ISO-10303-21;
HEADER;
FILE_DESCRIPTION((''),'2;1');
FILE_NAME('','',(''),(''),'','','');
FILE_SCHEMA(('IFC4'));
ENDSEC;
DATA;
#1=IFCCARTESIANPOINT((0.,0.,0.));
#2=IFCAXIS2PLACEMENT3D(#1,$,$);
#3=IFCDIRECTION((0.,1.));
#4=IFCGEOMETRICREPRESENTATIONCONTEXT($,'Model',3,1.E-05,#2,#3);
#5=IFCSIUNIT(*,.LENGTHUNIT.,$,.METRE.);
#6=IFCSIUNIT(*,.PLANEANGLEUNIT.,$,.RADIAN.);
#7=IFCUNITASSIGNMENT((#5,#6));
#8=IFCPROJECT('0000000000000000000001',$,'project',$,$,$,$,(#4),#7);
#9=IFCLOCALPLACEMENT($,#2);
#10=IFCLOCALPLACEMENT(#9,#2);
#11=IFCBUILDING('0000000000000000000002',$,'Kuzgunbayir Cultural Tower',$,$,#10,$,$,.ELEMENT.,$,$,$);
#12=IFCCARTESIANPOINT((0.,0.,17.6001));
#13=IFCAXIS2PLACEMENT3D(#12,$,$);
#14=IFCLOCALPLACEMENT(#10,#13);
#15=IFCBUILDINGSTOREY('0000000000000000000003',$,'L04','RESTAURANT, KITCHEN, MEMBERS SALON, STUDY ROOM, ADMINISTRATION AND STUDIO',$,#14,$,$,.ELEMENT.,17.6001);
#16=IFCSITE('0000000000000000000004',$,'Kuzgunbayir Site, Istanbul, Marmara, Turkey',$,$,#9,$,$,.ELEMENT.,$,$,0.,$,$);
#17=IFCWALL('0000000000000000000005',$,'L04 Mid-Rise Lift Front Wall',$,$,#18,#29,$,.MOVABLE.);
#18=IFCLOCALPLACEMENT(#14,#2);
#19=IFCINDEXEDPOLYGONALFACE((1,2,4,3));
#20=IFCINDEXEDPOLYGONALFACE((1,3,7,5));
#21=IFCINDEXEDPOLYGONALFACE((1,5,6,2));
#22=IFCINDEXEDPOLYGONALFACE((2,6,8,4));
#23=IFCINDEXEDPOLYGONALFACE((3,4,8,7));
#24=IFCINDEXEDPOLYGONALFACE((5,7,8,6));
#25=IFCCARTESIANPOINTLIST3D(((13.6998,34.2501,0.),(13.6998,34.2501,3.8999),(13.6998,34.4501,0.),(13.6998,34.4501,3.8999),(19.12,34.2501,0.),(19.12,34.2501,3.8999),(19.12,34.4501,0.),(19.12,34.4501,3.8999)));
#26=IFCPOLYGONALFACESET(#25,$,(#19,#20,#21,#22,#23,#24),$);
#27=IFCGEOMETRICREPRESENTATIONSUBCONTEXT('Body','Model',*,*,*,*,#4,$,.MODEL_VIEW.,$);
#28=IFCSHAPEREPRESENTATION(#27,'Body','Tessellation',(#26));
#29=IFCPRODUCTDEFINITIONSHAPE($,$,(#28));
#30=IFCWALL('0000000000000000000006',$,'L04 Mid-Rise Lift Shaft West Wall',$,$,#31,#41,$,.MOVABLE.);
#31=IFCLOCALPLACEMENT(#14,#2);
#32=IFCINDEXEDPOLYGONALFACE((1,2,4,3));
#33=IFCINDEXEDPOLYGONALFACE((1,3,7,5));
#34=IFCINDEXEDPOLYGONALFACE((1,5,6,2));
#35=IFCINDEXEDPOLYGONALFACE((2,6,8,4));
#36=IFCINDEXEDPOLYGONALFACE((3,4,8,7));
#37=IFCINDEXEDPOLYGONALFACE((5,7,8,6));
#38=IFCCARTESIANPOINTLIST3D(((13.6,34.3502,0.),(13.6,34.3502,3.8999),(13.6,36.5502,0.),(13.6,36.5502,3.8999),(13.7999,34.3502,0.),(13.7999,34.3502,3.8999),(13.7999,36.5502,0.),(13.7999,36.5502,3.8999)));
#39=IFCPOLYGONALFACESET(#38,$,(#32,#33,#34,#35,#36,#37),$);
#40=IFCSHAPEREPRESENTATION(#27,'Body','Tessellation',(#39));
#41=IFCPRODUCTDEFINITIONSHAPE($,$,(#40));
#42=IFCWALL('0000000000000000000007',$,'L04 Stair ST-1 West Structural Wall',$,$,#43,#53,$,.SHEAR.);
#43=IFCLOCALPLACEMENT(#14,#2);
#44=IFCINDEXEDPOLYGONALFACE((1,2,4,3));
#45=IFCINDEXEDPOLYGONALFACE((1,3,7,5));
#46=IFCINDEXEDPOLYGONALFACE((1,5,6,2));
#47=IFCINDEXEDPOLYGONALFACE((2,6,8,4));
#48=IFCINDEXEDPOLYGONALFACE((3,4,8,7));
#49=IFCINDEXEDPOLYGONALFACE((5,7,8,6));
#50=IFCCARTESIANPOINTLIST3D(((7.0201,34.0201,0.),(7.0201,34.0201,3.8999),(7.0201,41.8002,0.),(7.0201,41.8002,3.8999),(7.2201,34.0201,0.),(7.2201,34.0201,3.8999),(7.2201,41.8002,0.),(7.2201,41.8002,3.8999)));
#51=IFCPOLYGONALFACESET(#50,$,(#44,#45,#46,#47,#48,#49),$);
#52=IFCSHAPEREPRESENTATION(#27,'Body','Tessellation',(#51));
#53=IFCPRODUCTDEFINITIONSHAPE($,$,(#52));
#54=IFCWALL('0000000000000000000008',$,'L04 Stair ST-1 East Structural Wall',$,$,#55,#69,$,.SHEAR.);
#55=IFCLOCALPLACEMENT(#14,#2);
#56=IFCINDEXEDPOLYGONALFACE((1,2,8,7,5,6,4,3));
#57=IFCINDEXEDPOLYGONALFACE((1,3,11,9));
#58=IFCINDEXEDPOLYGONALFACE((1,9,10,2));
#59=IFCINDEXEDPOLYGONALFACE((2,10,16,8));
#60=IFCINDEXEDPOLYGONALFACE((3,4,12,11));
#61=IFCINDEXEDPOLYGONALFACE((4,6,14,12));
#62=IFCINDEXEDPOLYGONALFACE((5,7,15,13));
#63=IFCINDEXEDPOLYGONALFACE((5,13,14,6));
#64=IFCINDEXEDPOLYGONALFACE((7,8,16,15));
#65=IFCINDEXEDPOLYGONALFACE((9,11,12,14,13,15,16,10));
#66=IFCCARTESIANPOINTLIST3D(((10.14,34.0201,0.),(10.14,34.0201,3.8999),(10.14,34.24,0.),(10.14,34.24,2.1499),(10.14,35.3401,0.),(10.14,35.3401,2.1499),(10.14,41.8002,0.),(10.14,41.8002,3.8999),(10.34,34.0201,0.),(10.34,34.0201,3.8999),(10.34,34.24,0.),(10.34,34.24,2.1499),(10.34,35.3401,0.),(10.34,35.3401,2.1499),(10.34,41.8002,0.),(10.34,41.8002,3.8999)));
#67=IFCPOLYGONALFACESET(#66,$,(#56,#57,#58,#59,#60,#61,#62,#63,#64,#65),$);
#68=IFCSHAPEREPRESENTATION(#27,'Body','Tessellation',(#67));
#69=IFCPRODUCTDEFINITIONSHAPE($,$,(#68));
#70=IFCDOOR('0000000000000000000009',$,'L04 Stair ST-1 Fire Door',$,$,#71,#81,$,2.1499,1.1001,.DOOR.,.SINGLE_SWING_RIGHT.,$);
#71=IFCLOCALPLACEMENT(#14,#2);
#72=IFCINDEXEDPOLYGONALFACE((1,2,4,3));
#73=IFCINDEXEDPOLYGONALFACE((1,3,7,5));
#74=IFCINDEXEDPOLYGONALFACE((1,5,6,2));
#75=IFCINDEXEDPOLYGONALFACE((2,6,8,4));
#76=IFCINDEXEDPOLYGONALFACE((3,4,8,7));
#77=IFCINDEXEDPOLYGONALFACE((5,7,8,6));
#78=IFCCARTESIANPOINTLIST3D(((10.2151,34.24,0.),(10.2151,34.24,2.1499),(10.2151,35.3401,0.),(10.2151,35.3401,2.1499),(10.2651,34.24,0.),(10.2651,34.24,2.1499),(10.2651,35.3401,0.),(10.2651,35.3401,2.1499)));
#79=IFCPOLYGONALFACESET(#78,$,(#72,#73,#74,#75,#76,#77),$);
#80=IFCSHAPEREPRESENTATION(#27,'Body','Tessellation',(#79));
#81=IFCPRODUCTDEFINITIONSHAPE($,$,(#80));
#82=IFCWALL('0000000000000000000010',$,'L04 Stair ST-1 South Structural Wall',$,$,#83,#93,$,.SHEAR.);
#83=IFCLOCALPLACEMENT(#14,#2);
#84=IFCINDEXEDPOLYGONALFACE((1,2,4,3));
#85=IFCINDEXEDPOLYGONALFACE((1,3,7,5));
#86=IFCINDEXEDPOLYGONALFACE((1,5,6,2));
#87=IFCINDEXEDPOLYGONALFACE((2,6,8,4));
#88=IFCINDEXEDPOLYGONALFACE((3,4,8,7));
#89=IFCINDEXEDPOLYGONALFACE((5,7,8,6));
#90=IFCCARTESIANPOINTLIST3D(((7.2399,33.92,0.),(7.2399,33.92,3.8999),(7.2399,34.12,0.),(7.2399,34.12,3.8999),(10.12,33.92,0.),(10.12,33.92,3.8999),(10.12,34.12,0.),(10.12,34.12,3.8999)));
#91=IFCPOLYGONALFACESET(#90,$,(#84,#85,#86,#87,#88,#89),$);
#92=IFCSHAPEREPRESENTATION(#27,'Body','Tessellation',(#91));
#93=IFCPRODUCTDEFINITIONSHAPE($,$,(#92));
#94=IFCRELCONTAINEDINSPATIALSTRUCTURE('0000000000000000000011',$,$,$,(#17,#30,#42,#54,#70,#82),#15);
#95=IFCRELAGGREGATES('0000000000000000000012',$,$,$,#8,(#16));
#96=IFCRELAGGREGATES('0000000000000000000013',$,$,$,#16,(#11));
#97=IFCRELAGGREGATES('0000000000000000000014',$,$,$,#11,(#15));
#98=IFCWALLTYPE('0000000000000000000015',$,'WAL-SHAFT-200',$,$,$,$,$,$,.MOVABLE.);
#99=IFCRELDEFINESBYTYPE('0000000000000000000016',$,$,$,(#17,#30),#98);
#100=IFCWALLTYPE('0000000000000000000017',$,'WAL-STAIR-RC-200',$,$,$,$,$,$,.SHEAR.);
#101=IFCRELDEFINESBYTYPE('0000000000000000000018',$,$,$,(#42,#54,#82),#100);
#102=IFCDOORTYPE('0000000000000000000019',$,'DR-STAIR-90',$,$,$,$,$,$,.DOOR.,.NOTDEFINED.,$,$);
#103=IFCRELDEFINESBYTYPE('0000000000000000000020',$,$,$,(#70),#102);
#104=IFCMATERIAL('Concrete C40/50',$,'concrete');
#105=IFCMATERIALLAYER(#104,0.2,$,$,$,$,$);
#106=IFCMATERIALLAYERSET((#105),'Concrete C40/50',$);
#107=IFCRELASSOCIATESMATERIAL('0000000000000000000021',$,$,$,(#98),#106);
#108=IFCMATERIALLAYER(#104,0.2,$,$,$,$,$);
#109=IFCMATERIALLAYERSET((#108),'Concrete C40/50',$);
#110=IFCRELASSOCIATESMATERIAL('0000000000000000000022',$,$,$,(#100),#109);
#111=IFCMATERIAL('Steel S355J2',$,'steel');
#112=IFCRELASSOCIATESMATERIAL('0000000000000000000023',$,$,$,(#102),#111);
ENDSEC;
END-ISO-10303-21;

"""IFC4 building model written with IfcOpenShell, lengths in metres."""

from ifc_helpers import new_model, si_unit, direction, frame, frame_2d, origin, place, context, subcontext, project, spatial, rectangle, extrude, material, layer, layer_set, type_object, element, fill, save


model = new_model("IFC4")

# Units and contexts
model_context = context("Model", 3, precision=1e-05, world=origin(), true_north=direction((0.0, 1.0)))
body_context = subcontext(model_context, "Body", "Model", "MODEL_VIEW")
ifc_project = project(units=[si_unit("LENGTHUNIT", "METRE"), si_unit("PLANEANGLEUNIT", "RADIAN")], contexts=[model_context])

# Site, building, storey
site_placement = place(None, origin())
site = spatial("IfcSite", under=ifc_project, at=site_placement, Name="Kuzgunbayir Site, Istanbul, Marmara, Turkey", CompositionType="ELEMENT", RefElevation=0.0)
building_placement = place(site_placement, origin())
building = spatial("IfcBuilding", under=site, at=building_placement, Name="Kuzgunbayir Cultural Tower", CompositionType="ELEMENT")
storey_placement = place(building_placement, frame((0.0, 0.0, 17.6001)))
storey = spatial("IfcBuildingStorey", under=building, at=storey_placement, Name="L04", Description="RESTAURANT, KITCHEN, MEMBERS SALON, STUDY ROOM, ADMINISTRATION AND STUDIO", CompositionType="ELEMENT", Elevation=17.6001)

# Shared definitions
ifc_material_1 = material(Name="Steel S355J2", Category="steel")

# Walls
ifc_material_2 = material(Name="Concrete C40/50", Category="concrete")
ifc_layer_1 = layer(ifc_material_2, 0.2)
ifc_layer_set_1 = layer_set([ifc_layer_1], Name="Concrete C40/50")
wall_type_1 = type_object("IfcWallType", Name="WAL-SHAFT-200", PredefinedType="MOVABLE", material=ifc_layer_set_1)
wall_1_placement = place(storey_placement, frame((13.7, 34.3501, 0.0), z_axis=(0.0, 0.0, 1.0), x_axis=(1.0, 0.0, 0.0)))
element("IfcWall", 1, at=wall_1_placement, inside=storey, type_object=wall_type_1, Name="L04 Mid-Rise Lift Front Wall", PredefinedType="MOVABLE", context=body_context, shape_type="SweptSolid", body=[
    extrude(rectangle(XDim=5.4202, YDim=0.2, at=frame_2d((2.71, 0.0))), origin(), (0.0, 0.0, 1.0), 3.8999),
])
wall_2_placement = place(storey_placement, frame((13.7, 34.3501, 0.0), z_axis=(0.0, 0.0, 1.0), x_axis=(0.0, 1.0, 0.0)))
element("IfcWall", 2, at=wall_2_placement, inside=storey, type_object=wall_type_1, Name="L04 Mid-Rise Lift Shaft West Wall", PredefinedType="MOVABLE", context=body_context, shape_type="SweptSolid", body=[
    extrude(rectangle(XDim=2.2, YDim=0.2, at=frame_2d((1.1001, 0.0))), origin(), (0.0, 0.0, 1.0), 3.8999),
])
ifc_layer_2 = layer(ifc_material_2, 0.2)
ifc_layer_set_2 = layer_set([ifc_layer_2], Name="Concrete C40/50")
wall_type_2 = type_object("IfcWallType", Name="WAL-STAIR-RC-200", PredefinedType="SHEAR", material=ifc_layer_set_2)
wall_3_placement = place(storey_placement, frame((7.1201, 34.02, 0.0), z_axis=(0.0, 0.0, 1.0), x_axis=(0.0, 1.0, 0.0)))
element("IfcWall", 3, at=wall_3_placement, inside=storey, type_object=wall_type_2, Name="L04 Stair ST-1 West Structural Wall", PredefinedType="SHEAR", context=body_context, shape_type="SweptSolid", body=[
    extrude(rectangle(XDim=7.78, YDim=0.2, at=frame_2d((3.8901, 0.0))), origin(), (0.0, 0.0, 1.0), 3.8999),
])

# Wall, opening, door
wall_4_placement = place(storey_placement, frame((10.24, 34.02, 0.0), z_axis=(0.0, 0.0, 1.0), x_axis=(0.0, 1.0, 0.0)))
wall_4 = element("IfcWall", 4, at=wall_4_placement, inside=storey, type_object=wall_type_2, Name="L04 Stair ST-1 East Structural Wall", PredefinedType="SHEAR", context=body_context, shape_type="SweptSolid", body=[
    extrude(rectangle(XDim=7.78, YDim=0.2, at=frame_2d((3.8901, 0.0))), origin(), (0.0, 0.0, 1.0), 3.8999),
])
opening_1_placement = place(wall_4_placement, frame((0.22, 0.0, 0.0)))
opening_1 = element("IfcOpeningElement", 5, at=opening_1_placement, cuts=wall_4, PredefinedType="OPENING", context=body_context, shape_type="SweptSolid", body=[
    extrude(rectangle(XDim=1.1001, YDim=2.1499, at=frame_2d((0.55, 1.075))), frame((0.0, 0.1099, 0.0), z_axis=(0.0, -1.0, 0.0), x_axis=(1.0, 0.0, 0.0)), (0.0, 0.0, 1.0), 0.22),
])
door_type_1 = type_object("IfcDoorType", Name="DR-STAIR-90", OperationType="NOTDEFINED", PredefinedType="DOOR", material=ifc_material_1)
door_1_placement = place(opening_1_placement, origin())
door_1 = element("IfcDoor", 6, at=door_1_placement, inside=storey, type_object=door_type_1, Name="L04 Stair ST-1 Fire Door", OperationType="SINGLE_SWING_RIGHT", OverallHeight=2.1499, OverallWidth=1.1001, PredefinedType="DOOR", context=body_context, shape_type="SweptSolid", body=[
    extrude(rectangle(XDim=1.1001, YDim=2.1499, at=frame_2d((0.55, 1.075))), frame((0.0, 0.0249, 0.0), z_axis=(0.0, -1.0, 0.0), x_axis=(1.0, 0.0, 0.0)), (0.0, 0.0, 1.0), 0.05),
])
fill(opening_1, door_1)

# Wall
wall_5_placement = place(storey_placement, frame((7.24, 34.02, 0.0), z_axis=(0.0, 0.0, 1.0), x_axis=(1.0, 0.0, 0.0)))
element("IfcWall", 7, at=wall_5_placement, inside=storey, type_object=wall_type_2, Name="L04 Stair ST-1 South Structural Wall", PredefinedType="SHEAR", context=body_context, shape_type="SweptSolid", body=[
    extrude(rectangle(XDim=2.8801, YDim=0.2, at=frame_2d((1.4399, 0.0))), origin(), (0.0, 0.0, 1.0), 3.8999),
])

save(model, "model.ifc")
